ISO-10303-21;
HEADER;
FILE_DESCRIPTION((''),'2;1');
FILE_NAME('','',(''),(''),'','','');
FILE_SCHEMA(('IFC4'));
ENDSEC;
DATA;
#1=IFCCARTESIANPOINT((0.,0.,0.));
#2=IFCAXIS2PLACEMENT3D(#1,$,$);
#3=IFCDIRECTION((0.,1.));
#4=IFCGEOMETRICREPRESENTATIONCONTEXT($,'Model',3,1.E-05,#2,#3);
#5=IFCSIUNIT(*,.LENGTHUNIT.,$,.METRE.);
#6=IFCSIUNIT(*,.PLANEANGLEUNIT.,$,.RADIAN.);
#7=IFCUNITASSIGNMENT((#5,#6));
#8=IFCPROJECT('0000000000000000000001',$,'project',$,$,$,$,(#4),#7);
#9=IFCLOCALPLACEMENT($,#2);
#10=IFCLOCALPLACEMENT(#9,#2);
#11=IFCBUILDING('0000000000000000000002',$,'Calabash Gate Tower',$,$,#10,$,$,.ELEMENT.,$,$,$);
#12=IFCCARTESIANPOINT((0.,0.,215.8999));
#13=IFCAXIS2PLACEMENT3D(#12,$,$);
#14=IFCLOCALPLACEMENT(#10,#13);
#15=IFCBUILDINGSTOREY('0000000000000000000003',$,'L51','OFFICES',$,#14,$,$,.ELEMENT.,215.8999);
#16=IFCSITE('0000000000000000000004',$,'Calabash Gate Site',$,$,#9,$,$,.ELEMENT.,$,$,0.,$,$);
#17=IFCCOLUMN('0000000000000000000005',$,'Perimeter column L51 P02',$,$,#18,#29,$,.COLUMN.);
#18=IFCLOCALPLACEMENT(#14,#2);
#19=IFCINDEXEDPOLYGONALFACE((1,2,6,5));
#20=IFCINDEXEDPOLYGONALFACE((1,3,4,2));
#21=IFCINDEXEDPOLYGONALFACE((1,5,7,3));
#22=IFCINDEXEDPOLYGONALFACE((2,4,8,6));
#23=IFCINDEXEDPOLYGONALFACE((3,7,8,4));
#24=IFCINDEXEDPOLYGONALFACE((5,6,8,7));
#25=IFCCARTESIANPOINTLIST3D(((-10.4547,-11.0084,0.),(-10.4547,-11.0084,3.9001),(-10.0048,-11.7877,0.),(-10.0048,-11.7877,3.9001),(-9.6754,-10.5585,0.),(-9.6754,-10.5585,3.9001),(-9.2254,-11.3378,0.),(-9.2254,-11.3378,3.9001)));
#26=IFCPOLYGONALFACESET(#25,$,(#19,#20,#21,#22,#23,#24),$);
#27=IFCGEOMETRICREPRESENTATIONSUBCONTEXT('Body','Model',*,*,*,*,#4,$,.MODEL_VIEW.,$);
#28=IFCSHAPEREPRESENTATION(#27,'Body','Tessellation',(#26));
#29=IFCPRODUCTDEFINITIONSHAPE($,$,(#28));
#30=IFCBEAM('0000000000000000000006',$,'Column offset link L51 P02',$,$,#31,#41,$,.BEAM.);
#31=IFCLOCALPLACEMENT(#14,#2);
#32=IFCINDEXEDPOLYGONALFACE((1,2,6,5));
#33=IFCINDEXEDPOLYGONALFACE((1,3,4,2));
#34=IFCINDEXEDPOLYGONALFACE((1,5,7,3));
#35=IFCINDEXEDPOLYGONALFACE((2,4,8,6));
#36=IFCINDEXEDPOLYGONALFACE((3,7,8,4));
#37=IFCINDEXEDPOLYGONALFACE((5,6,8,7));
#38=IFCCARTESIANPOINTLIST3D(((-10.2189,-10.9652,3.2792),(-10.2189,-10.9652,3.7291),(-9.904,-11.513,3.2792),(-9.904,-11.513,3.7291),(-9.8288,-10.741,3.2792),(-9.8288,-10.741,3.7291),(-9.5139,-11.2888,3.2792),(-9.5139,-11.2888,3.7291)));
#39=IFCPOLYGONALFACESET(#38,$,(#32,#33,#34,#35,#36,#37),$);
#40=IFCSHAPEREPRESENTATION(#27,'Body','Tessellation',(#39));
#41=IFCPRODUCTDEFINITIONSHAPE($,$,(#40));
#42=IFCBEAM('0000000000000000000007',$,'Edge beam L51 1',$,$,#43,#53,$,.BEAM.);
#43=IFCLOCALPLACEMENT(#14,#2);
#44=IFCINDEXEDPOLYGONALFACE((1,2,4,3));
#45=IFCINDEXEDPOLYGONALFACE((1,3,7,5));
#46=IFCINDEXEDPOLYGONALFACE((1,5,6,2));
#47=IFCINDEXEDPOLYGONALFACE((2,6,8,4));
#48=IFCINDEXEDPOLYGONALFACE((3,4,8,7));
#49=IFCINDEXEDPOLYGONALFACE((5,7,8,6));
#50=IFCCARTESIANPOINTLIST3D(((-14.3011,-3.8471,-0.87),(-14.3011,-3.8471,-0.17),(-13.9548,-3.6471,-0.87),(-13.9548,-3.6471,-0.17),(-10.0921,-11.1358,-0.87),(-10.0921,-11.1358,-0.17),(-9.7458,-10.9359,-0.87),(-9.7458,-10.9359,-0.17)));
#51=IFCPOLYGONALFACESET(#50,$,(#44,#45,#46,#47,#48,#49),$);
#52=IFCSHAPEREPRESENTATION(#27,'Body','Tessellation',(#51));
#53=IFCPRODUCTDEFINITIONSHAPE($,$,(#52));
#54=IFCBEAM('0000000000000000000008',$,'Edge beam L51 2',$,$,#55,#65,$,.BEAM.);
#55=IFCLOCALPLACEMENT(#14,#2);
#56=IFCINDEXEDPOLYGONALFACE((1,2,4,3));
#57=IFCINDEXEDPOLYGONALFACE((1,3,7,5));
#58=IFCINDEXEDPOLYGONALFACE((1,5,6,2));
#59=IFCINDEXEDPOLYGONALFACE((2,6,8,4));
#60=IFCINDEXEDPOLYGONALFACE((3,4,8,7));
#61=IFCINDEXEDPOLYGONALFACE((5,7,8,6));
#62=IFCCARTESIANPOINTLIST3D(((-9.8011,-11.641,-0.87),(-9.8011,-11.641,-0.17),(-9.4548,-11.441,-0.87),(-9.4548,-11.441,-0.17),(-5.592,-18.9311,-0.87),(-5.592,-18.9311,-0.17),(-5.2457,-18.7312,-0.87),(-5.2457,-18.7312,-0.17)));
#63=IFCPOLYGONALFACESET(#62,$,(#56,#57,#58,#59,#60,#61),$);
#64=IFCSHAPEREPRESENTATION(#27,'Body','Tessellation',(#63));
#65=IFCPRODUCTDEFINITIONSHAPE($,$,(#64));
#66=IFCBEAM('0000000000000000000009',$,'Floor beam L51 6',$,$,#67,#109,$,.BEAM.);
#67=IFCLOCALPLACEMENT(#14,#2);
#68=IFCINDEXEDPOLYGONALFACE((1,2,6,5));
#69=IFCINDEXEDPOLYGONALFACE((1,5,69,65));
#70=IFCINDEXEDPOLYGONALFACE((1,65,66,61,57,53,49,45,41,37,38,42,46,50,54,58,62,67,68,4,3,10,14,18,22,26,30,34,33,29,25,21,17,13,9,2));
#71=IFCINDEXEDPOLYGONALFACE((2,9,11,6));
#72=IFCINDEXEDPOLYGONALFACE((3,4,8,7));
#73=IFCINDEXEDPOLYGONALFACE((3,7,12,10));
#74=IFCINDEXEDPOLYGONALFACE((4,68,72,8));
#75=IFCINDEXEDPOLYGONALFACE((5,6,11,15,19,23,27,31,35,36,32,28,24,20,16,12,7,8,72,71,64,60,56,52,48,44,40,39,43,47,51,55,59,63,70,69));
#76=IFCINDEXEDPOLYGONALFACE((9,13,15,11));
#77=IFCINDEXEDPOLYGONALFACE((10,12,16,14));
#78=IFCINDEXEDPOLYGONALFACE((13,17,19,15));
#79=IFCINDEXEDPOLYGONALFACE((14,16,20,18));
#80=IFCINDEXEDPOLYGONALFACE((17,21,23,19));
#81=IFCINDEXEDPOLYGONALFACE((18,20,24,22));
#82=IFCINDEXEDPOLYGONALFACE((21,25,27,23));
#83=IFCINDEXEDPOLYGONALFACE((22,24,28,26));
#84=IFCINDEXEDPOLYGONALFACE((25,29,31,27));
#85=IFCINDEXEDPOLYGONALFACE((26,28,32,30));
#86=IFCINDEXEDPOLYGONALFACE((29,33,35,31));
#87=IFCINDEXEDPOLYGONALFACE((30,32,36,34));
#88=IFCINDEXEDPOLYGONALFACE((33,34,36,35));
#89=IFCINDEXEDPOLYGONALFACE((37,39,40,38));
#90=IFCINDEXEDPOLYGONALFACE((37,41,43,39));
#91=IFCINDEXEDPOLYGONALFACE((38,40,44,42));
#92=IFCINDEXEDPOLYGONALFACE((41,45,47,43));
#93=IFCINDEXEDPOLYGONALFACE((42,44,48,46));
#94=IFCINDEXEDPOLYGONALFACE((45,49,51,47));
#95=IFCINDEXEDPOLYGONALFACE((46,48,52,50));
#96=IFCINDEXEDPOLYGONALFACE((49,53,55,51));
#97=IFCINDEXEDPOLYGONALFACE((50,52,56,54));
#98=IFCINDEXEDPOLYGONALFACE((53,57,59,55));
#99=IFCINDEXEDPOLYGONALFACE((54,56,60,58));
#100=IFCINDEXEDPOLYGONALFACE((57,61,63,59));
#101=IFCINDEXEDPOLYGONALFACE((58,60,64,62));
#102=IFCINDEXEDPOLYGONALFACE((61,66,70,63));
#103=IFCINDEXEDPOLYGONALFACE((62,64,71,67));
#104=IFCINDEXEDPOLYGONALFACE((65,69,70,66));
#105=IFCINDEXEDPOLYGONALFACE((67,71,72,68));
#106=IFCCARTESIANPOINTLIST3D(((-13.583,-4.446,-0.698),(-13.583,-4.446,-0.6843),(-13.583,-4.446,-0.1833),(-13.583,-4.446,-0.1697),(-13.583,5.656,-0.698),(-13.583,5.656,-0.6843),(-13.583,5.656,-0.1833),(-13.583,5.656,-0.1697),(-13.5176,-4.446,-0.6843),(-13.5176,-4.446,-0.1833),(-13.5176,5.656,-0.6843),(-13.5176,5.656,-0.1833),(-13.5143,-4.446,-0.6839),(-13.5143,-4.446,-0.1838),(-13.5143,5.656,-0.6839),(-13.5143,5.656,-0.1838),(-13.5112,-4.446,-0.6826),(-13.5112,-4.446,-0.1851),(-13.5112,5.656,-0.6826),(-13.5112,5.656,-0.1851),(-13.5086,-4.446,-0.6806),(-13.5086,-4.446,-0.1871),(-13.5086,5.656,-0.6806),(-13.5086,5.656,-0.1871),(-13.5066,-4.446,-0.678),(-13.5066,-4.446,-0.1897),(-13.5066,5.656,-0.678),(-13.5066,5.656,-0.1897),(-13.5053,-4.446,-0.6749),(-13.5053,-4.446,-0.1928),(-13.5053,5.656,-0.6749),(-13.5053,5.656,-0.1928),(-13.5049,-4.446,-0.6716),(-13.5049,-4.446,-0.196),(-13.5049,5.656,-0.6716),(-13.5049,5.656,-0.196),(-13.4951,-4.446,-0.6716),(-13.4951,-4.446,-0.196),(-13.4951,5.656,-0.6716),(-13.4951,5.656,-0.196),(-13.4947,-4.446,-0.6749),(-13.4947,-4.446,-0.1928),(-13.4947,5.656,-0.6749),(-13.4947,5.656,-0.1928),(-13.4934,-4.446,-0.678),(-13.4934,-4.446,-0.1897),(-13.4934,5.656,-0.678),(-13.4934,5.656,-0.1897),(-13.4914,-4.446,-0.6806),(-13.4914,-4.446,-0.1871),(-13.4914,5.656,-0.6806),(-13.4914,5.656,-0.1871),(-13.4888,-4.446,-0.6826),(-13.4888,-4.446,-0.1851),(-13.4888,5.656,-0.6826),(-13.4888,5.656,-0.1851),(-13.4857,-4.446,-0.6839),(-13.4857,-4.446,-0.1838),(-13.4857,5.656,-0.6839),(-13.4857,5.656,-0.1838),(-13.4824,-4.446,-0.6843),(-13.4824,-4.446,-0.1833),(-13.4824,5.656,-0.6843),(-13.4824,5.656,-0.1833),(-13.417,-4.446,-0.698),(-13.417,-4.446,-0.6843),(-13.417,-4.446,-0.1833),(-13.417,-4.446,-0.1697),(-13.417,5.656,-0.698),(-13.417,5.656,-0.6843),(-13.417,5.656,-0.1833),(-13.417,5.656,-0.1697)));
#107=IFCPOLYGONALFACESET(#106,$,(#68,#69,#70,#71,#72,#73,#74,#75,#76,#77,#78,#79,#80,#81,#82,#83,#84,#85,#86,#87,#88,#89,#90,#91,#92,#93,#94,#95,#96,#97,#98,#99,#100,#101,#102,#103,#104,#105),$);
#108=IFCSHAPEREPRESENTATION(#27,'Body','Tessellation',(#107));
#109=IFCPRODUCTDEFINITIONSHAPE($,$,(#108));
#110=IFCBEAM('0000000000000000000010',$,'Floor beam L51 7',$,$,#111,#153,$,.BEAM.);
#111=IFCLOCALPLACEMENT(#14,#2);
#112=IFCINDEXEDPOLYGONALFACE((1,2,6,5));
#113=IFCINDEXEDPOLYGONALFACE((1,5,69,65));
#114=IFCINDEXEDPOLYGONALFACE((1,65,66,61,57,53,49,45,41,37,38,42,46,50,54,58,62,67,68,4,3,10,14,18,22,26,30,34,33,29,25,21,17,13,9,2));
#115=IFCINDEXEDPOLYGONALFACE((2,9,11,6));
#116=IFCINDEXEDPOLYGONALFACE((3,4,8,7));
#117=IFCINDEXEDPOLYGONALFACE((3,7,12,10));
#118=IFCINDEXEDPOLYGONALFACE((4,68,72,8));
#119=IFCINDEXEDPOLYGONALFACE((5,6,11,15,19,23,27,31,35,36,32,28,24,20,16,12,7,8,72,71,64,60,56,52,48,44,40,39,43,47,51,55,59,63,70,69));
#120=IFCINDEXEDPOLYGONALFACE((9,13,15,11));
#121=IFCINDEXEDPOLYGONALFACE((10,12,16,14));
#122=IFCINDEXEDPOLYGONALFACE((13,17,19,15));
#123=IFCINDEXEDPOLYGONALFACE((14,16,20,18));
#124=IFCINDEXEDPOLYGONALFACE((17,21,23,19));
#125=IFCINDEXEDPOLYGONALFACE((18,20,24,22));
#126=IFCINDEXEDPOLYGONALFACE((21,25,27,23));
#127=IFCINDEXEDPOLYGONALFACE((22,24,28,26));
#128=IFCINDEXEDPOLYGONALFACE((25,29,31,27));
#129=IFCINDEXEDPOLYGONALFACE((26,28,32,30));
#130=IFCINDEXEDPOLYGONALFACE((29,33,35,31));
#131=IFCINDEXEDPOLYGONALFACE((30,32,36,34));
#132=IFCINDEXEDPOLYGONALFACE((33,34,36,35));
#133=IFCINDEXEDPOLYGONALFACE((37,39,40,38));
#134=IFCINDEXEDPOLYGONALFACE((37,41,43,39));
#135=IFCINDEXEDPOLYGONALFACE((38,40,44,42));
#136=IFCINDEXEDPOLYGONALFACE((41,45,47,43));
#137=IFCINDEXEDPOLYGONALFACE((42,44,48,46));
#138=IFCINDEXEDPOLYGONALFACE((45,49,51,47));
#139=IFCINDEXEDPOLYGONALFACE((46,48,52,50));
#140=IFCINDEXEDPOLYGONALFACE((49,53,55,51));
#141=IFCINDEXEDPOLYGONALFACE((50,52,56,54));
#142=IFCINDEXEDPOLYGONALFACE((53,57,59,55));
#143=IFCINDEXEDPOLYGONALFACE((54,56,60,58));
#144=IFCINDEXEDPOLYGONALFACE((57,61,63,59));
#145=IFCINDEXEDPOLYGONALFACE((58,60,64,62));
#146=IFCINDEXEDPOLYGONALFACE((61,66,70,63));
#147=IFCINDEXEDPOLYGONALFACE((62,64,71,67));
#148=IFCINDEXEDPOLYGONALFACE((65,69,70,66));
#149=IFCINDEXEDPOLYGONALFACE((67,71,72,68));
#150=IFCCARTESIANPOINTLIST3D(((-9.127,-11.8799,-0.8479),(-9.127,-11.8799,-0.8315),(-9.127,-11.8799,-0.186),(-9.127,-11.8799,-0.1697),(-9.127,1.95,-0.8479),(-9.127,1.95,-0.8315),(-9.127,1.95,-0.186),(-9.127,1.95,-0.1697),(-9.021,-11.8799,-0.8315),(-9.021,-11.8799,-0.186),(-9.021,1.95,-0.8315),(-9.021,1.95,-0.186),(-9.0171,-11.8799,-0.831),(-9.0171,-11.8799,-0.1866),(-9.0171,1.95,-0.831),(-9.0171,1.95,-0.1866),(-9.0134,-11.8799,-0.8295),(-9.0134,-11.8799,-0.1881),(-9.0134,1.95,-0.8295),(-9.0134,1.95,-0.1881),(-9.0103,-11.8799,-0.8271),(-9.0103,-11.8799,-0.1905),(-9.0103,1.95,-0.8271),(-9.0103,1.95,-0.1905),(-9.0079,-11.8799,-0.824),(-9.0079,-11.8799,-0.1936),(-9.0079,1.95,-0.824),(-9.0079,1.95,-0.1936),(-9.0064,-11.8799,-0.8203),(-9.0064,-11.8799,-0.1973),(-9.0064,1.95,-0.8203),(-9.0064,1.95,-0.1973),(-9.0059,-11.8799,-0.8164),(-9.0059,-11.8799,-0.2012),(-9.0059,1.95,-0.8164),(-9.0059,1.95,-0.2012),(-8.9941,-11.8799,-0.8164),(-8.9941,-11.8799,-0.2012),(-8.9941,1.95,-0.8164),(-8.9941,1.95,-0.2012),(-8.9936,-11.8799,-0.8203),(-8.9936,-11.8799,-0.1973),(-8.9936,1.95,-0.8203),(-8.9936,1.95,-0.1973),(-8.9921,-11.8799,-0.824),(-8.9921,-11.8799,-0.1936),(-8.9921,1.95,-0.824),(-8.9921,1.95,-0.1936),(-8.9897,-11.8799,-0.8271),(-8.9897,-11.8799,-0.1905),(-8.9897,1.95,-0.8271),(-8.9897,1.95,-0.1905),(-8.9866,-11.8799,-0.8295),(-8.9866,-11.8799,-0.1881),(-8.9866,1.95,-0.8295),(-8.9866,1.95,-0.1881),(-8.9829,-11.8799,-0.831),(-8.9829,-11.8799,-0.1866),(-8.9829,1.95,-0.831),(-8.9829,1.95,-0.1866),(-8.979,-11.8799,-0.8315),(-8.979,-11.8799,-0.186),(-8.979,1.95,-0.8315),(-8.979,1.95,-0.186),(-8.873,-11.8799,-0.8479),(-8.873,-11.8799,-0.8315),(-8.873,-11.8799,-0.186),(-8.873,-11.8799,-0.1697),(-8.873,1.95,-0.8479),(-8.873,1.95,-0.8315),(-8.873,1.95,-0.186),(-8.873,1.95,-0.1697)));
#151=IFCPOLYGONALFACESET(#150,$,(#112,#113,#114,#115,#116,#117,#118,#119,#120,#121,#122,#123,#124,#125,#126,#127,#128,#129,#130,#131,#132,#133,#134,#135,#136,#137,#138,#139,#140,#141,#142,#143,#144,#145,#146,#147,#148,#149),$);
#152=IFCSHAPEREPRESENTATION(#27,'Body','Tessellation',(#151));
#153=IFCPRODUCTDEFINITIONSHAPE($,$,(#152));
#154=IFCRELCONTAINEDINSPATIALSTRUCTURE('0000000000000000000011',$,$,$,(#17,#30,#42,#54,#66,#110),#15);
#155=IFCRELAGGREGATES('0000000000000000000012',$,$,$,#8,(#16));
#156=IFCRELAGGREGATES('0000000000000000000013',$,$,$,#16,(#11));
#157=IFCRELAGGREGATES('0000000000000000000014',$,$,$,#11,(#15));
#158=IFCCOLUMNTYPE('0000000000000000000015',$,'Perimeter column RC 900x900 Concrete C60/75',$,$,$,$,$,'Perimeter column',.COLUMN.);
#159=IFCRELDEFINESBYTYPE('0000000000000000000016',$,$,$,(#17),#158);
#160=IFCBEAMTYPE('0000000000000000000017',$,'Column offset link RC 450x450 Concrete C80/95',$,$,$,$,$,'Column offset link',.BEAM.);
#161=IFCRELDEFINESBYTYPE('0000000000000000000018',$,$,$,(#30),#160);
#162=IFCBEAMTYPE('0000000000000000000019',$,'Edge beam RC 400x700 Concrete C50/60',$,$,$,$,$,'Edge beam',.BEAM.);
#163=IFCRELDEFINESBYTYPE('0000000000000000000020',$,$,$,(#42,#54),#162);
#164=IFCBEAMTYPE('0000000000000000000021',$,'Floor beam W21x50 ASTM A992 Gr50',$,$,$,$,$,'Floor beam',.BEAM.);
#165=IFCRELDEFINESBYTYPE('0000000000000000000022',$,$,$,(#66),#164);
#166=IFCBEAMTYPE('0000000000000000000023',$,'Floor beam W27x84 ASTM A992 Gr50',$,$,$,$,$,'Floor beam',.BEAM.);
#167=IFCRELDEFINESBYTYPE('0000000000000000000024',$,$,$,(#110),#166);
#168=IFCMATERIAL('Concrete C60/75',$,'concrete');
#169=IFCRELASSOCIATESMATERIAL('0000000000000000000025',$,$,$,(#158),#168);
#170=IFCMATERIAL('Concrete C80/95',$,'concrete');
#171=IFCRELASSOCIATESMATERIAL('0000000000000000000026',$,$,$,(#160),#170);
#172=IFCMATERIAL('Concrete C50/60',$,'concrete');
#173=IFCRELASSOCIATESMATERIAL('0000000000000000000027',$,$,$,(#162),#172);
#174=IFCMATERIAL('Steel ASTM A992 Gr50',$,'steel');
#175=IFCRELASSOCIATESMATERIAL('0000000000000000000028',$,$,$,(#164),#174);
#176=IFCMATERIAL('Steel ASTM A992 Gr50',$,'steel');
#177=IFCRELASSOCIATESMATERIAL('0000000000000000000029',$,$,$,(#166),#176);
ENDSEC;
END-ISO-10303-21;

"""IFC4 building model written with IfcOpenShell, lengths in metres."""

from ifc_helpers import new_model, si_unit, direction, frame, origin, origin_2d, place, context, subcontext, project, spatial, rectangle, i_section, extrude, material, material_profile, profile_set, type_object, element, save


model = new_model("IFC4")

# Units and contexts
model_context = context("Model", 3, precision=1e-05, world=origin(), true_north=direction((0.0, 1.0)))
body_context = subcontext(model_context, "Body", "Model", "MODEL_VIEW")
ifc_project = project(units=[si_unit("LENGTHUNIT", "METRE"), si_unit("PLANEANGLEUNIT", "RADIAN")], contexts=[model_context])

# Site, building, storey
site_placement = place(None, origin())
site = spatial("IfcSite", under=ifc_project, at=site_placement, Name="Calabash Gate Site", CompositionType="ELEMENT", RefElevation=0.0)
building_placement = place(site_placement, origin())
building = spatial("IfcBuilding", under=site, at=building_placement, Name="Calabash Gate Tower", CompositionType="ELEMENT")
storey_placement = place(building_placement, frame((0.0, 0.0, 215.8999)))
storey = spatial("IfcBuildingStorey", under=building, at=storey_placement, Name="L51", Description="OFFICES", CompositionType="ELEMENT", Elevation=215.8999)

# Column
ifc_material_1 = material(Name="Concrete C60/75", Category="concrete")
ifc_material_profile_1 = material_profile(ifc_material_1, rectangle(XDim=0.8999, YDim=0.8999, at=origin_2d()))
ifc_profile_set_1 = profile_set([ifc_material_profile_1], Name="Concrete C60/75")
column_type = type_object("IfcColumnType", Name="Perimeter column RC 900x900 Concrete C60/75", ElementType="Perimeter column", PredefinedType="COLUMN", material=ifc_profile_set_1)
column_placement = place(storey_placement, frame((-9.8401, -11.1731, 0.0), z_axis=(0.0, 0.0, 1.0), x_axis=(0.5, -0.866025, 0.0)))
element("IfcColumn", 1, at=column_placement, inside=storey, type_object=column_type, Name="Perimeter column L51 P02", PredefinedType="COLUMN", context=body_context, shape_type="SweptSolid", body=[
    extrude(rectangle(XDim=0.8999, YDim=0.8999, at=origin_2d()), origin(), (0.0, 0.0, 1.0), 3.9001),
])

# Beams
ifc_material_2 = material(Name="Concrete C80/95", Category="concrete")
ifc_material_profile_2 = material_profile(ifc_material_2, rectangle(XDim=0.45, YDim=0.45, at=origin_2d()))
ifc_profile_set_2 = profile_set([ifc_material_profile_2], Name="Concrete C80/95")
beam_type_1 = type_object("IfcBeamType", Name="Column offset link RC 450x450 Concrete C80/95", ElementType="Column offset link", PredefinedType="BEAM", material=ifc_profile_set_2)
beam_1_placement = place(storey_placement, frame((-9.709, -11.4009, 3.5042), z_axis=(-0.498384, 0.866956, 0.0), x_axis=(-0.866956, -0.498384, 0.0)))
element("IfcBeam", 2, at=beam_1_placement, inside=storey, type_object=beam_type_1, Name="Column offset link L51 P02", PredefinedType="BEAM", context=body_context, shape_type="SweptSolid", body=[
    extrude(rectangle(XDim=0.45, YDim=0.45, at=origin_2d()), origin(), (0.0, 0.0, 1.0), 0.6318),
])
ifc_material_3 = material(Name="Concrete C50/60", Category="concrete")
ifc_material_profile_3 = material_profile(ifc_material_3, rectangle(XDim=0.3999, YDim=0.7, at=origin_2d()))
ifc_profile_set_3 = profile_set([ifc_material_profile_3], Name="Concrete C50/60")
beam_type_2 = type_object("IfcBeamType", Name="Edge beam RC 400x700 Concrete C50/60", ElementType="Edge beam", PredefinedType="BEAM", material=ifc_profile_set_3)
beam_2_placement = place(storey_placement, frame((-14.1279, -3.7471, -0.52), z_axis=(0.50007, -0.865985, 0.0), x_axis=(0.865985, 0.50007, 0.0)))
element("IfcBeam", 3, at=beam_2_placement, inside=storey, type_object=beam_type_2, Name="Edge beam L51 1", PredefinedType="BEAM", context=body_context, shape_type="SweptSolid", body=[
    extrude(rectangle(XDim=0.3999, YDim=0.7, at=origin_2d()), origin(), (0.0, 0.0, 1.0), 8.4167),
])
beam_3_placement = place(storey_placement, frame((-9.6279, -11.541, -0.52), z_axis=(0.500007, -0.866021, 0.0), x_axis=(0.866021, 0.500007, 0.0)))
element("IfcBeam", 4, at=beam_3_placement, inside=storey, type_object=beam_type_2, Name="Edge beam L51 2", PredefinedType="BEAM", context=body_context, shape_type="SweptSolid", body=[
    extrude(rectangle(XDim=0.3999, YDim=0.7, at=origin_2d()), origin(), (0.0, 0.0, 1.0), 8.418),
])
ifc_material_4 = material(Name="Steel ASTM A992 Gr50", Category="steel")
ifc_material_profile_4 = material_profile(ifc_material_4, i_section(OverallWidth=0.166, OverallDepth=0.5283, WebThickness=0.0098, FlangeThickness=0.0137, FilletRadius=0.0127, at=origin_2d()))
ifc_profile_set_4 = profile_set([ifc_material_profile_4], Name="Steel ASTM A992 Gr50")
beam_type_3 = type_object("IfcBeamType", Name="Floor beam W21x50 ASTM A992 Gr50", ElementType="Floor beam", PredefinedType="BEAM", material=ifc_profile_set_4)
beam_4_placement = place(storey_placement, frame((-13.5, -4.446, -0.4338), z_axis=(0.0, 1.0, 0.0), x_axis=(-1.0, 0.0, 0.0)))
element("IfcBeam", 5, at=beam_4_placement, inside=storey, type_object=beam_type_3, Name="Floor beam L51 6", PredefinedType="BEAM", context=body_context, shape_type="SweptSolid", body=[
    extrude(i_section(OverallWidth=0.166, OverallDepth=0.5283, WebThickness=0.0098, FlangeThickness=0.0137, FilletRadius=0.0127, at=origin_2d()), origin(), (0.0, 0.0, 1.0), 10.1021),
])
ifc_material_5 = material(Name="Steel ASTM A992 Gr50", Category="steel")
ifc_material_profile_5 = material_profile(ifc_material_5, i_section(OverallWidth=0.2539, OverallDepth=0.6782, WebThickness=0.0117, FlangeThickness=0.0164, FilletRadius=0.0151, at=origin_2d()))
ifc_profile_set_5 = profile_set([ifc_material_profile_5], Name="Steel ASTM A992 Gr50")
beam_type_4 = type_object("IfcBeamType", Name="Floor beam W27x84 ASTM A992 Gr50", ElementType="Floor beam", PredefinedType="BEAM", material=ifc_profile_set_5)
beam_5_placement = place(storey_placement, frame((-9.0, -11.8799, -0.5088), z_axis=(0.0, 1.0, 0.0), x_axis=(-1.0, 0.0, 0.0)))
element("IfcBeam", 6, at=beam_5_placement, inside=storey, type_object=beam_type_4, Name="Floor beam L51 7", PredefinedType="BEAM", context=body_context, shape_type="SweptSolid", body=[
    extrude(i_section(OverallWidth=0.2539, OverallDepth=0.6782, WebThickness=0.0117, FlangeThickness=0.0164, FilletRadius=0.0151, at=origin_2d()), origin(), (0.0, 0.0, 1.0), 13.8298),
])

save(model, "model.ifc")
